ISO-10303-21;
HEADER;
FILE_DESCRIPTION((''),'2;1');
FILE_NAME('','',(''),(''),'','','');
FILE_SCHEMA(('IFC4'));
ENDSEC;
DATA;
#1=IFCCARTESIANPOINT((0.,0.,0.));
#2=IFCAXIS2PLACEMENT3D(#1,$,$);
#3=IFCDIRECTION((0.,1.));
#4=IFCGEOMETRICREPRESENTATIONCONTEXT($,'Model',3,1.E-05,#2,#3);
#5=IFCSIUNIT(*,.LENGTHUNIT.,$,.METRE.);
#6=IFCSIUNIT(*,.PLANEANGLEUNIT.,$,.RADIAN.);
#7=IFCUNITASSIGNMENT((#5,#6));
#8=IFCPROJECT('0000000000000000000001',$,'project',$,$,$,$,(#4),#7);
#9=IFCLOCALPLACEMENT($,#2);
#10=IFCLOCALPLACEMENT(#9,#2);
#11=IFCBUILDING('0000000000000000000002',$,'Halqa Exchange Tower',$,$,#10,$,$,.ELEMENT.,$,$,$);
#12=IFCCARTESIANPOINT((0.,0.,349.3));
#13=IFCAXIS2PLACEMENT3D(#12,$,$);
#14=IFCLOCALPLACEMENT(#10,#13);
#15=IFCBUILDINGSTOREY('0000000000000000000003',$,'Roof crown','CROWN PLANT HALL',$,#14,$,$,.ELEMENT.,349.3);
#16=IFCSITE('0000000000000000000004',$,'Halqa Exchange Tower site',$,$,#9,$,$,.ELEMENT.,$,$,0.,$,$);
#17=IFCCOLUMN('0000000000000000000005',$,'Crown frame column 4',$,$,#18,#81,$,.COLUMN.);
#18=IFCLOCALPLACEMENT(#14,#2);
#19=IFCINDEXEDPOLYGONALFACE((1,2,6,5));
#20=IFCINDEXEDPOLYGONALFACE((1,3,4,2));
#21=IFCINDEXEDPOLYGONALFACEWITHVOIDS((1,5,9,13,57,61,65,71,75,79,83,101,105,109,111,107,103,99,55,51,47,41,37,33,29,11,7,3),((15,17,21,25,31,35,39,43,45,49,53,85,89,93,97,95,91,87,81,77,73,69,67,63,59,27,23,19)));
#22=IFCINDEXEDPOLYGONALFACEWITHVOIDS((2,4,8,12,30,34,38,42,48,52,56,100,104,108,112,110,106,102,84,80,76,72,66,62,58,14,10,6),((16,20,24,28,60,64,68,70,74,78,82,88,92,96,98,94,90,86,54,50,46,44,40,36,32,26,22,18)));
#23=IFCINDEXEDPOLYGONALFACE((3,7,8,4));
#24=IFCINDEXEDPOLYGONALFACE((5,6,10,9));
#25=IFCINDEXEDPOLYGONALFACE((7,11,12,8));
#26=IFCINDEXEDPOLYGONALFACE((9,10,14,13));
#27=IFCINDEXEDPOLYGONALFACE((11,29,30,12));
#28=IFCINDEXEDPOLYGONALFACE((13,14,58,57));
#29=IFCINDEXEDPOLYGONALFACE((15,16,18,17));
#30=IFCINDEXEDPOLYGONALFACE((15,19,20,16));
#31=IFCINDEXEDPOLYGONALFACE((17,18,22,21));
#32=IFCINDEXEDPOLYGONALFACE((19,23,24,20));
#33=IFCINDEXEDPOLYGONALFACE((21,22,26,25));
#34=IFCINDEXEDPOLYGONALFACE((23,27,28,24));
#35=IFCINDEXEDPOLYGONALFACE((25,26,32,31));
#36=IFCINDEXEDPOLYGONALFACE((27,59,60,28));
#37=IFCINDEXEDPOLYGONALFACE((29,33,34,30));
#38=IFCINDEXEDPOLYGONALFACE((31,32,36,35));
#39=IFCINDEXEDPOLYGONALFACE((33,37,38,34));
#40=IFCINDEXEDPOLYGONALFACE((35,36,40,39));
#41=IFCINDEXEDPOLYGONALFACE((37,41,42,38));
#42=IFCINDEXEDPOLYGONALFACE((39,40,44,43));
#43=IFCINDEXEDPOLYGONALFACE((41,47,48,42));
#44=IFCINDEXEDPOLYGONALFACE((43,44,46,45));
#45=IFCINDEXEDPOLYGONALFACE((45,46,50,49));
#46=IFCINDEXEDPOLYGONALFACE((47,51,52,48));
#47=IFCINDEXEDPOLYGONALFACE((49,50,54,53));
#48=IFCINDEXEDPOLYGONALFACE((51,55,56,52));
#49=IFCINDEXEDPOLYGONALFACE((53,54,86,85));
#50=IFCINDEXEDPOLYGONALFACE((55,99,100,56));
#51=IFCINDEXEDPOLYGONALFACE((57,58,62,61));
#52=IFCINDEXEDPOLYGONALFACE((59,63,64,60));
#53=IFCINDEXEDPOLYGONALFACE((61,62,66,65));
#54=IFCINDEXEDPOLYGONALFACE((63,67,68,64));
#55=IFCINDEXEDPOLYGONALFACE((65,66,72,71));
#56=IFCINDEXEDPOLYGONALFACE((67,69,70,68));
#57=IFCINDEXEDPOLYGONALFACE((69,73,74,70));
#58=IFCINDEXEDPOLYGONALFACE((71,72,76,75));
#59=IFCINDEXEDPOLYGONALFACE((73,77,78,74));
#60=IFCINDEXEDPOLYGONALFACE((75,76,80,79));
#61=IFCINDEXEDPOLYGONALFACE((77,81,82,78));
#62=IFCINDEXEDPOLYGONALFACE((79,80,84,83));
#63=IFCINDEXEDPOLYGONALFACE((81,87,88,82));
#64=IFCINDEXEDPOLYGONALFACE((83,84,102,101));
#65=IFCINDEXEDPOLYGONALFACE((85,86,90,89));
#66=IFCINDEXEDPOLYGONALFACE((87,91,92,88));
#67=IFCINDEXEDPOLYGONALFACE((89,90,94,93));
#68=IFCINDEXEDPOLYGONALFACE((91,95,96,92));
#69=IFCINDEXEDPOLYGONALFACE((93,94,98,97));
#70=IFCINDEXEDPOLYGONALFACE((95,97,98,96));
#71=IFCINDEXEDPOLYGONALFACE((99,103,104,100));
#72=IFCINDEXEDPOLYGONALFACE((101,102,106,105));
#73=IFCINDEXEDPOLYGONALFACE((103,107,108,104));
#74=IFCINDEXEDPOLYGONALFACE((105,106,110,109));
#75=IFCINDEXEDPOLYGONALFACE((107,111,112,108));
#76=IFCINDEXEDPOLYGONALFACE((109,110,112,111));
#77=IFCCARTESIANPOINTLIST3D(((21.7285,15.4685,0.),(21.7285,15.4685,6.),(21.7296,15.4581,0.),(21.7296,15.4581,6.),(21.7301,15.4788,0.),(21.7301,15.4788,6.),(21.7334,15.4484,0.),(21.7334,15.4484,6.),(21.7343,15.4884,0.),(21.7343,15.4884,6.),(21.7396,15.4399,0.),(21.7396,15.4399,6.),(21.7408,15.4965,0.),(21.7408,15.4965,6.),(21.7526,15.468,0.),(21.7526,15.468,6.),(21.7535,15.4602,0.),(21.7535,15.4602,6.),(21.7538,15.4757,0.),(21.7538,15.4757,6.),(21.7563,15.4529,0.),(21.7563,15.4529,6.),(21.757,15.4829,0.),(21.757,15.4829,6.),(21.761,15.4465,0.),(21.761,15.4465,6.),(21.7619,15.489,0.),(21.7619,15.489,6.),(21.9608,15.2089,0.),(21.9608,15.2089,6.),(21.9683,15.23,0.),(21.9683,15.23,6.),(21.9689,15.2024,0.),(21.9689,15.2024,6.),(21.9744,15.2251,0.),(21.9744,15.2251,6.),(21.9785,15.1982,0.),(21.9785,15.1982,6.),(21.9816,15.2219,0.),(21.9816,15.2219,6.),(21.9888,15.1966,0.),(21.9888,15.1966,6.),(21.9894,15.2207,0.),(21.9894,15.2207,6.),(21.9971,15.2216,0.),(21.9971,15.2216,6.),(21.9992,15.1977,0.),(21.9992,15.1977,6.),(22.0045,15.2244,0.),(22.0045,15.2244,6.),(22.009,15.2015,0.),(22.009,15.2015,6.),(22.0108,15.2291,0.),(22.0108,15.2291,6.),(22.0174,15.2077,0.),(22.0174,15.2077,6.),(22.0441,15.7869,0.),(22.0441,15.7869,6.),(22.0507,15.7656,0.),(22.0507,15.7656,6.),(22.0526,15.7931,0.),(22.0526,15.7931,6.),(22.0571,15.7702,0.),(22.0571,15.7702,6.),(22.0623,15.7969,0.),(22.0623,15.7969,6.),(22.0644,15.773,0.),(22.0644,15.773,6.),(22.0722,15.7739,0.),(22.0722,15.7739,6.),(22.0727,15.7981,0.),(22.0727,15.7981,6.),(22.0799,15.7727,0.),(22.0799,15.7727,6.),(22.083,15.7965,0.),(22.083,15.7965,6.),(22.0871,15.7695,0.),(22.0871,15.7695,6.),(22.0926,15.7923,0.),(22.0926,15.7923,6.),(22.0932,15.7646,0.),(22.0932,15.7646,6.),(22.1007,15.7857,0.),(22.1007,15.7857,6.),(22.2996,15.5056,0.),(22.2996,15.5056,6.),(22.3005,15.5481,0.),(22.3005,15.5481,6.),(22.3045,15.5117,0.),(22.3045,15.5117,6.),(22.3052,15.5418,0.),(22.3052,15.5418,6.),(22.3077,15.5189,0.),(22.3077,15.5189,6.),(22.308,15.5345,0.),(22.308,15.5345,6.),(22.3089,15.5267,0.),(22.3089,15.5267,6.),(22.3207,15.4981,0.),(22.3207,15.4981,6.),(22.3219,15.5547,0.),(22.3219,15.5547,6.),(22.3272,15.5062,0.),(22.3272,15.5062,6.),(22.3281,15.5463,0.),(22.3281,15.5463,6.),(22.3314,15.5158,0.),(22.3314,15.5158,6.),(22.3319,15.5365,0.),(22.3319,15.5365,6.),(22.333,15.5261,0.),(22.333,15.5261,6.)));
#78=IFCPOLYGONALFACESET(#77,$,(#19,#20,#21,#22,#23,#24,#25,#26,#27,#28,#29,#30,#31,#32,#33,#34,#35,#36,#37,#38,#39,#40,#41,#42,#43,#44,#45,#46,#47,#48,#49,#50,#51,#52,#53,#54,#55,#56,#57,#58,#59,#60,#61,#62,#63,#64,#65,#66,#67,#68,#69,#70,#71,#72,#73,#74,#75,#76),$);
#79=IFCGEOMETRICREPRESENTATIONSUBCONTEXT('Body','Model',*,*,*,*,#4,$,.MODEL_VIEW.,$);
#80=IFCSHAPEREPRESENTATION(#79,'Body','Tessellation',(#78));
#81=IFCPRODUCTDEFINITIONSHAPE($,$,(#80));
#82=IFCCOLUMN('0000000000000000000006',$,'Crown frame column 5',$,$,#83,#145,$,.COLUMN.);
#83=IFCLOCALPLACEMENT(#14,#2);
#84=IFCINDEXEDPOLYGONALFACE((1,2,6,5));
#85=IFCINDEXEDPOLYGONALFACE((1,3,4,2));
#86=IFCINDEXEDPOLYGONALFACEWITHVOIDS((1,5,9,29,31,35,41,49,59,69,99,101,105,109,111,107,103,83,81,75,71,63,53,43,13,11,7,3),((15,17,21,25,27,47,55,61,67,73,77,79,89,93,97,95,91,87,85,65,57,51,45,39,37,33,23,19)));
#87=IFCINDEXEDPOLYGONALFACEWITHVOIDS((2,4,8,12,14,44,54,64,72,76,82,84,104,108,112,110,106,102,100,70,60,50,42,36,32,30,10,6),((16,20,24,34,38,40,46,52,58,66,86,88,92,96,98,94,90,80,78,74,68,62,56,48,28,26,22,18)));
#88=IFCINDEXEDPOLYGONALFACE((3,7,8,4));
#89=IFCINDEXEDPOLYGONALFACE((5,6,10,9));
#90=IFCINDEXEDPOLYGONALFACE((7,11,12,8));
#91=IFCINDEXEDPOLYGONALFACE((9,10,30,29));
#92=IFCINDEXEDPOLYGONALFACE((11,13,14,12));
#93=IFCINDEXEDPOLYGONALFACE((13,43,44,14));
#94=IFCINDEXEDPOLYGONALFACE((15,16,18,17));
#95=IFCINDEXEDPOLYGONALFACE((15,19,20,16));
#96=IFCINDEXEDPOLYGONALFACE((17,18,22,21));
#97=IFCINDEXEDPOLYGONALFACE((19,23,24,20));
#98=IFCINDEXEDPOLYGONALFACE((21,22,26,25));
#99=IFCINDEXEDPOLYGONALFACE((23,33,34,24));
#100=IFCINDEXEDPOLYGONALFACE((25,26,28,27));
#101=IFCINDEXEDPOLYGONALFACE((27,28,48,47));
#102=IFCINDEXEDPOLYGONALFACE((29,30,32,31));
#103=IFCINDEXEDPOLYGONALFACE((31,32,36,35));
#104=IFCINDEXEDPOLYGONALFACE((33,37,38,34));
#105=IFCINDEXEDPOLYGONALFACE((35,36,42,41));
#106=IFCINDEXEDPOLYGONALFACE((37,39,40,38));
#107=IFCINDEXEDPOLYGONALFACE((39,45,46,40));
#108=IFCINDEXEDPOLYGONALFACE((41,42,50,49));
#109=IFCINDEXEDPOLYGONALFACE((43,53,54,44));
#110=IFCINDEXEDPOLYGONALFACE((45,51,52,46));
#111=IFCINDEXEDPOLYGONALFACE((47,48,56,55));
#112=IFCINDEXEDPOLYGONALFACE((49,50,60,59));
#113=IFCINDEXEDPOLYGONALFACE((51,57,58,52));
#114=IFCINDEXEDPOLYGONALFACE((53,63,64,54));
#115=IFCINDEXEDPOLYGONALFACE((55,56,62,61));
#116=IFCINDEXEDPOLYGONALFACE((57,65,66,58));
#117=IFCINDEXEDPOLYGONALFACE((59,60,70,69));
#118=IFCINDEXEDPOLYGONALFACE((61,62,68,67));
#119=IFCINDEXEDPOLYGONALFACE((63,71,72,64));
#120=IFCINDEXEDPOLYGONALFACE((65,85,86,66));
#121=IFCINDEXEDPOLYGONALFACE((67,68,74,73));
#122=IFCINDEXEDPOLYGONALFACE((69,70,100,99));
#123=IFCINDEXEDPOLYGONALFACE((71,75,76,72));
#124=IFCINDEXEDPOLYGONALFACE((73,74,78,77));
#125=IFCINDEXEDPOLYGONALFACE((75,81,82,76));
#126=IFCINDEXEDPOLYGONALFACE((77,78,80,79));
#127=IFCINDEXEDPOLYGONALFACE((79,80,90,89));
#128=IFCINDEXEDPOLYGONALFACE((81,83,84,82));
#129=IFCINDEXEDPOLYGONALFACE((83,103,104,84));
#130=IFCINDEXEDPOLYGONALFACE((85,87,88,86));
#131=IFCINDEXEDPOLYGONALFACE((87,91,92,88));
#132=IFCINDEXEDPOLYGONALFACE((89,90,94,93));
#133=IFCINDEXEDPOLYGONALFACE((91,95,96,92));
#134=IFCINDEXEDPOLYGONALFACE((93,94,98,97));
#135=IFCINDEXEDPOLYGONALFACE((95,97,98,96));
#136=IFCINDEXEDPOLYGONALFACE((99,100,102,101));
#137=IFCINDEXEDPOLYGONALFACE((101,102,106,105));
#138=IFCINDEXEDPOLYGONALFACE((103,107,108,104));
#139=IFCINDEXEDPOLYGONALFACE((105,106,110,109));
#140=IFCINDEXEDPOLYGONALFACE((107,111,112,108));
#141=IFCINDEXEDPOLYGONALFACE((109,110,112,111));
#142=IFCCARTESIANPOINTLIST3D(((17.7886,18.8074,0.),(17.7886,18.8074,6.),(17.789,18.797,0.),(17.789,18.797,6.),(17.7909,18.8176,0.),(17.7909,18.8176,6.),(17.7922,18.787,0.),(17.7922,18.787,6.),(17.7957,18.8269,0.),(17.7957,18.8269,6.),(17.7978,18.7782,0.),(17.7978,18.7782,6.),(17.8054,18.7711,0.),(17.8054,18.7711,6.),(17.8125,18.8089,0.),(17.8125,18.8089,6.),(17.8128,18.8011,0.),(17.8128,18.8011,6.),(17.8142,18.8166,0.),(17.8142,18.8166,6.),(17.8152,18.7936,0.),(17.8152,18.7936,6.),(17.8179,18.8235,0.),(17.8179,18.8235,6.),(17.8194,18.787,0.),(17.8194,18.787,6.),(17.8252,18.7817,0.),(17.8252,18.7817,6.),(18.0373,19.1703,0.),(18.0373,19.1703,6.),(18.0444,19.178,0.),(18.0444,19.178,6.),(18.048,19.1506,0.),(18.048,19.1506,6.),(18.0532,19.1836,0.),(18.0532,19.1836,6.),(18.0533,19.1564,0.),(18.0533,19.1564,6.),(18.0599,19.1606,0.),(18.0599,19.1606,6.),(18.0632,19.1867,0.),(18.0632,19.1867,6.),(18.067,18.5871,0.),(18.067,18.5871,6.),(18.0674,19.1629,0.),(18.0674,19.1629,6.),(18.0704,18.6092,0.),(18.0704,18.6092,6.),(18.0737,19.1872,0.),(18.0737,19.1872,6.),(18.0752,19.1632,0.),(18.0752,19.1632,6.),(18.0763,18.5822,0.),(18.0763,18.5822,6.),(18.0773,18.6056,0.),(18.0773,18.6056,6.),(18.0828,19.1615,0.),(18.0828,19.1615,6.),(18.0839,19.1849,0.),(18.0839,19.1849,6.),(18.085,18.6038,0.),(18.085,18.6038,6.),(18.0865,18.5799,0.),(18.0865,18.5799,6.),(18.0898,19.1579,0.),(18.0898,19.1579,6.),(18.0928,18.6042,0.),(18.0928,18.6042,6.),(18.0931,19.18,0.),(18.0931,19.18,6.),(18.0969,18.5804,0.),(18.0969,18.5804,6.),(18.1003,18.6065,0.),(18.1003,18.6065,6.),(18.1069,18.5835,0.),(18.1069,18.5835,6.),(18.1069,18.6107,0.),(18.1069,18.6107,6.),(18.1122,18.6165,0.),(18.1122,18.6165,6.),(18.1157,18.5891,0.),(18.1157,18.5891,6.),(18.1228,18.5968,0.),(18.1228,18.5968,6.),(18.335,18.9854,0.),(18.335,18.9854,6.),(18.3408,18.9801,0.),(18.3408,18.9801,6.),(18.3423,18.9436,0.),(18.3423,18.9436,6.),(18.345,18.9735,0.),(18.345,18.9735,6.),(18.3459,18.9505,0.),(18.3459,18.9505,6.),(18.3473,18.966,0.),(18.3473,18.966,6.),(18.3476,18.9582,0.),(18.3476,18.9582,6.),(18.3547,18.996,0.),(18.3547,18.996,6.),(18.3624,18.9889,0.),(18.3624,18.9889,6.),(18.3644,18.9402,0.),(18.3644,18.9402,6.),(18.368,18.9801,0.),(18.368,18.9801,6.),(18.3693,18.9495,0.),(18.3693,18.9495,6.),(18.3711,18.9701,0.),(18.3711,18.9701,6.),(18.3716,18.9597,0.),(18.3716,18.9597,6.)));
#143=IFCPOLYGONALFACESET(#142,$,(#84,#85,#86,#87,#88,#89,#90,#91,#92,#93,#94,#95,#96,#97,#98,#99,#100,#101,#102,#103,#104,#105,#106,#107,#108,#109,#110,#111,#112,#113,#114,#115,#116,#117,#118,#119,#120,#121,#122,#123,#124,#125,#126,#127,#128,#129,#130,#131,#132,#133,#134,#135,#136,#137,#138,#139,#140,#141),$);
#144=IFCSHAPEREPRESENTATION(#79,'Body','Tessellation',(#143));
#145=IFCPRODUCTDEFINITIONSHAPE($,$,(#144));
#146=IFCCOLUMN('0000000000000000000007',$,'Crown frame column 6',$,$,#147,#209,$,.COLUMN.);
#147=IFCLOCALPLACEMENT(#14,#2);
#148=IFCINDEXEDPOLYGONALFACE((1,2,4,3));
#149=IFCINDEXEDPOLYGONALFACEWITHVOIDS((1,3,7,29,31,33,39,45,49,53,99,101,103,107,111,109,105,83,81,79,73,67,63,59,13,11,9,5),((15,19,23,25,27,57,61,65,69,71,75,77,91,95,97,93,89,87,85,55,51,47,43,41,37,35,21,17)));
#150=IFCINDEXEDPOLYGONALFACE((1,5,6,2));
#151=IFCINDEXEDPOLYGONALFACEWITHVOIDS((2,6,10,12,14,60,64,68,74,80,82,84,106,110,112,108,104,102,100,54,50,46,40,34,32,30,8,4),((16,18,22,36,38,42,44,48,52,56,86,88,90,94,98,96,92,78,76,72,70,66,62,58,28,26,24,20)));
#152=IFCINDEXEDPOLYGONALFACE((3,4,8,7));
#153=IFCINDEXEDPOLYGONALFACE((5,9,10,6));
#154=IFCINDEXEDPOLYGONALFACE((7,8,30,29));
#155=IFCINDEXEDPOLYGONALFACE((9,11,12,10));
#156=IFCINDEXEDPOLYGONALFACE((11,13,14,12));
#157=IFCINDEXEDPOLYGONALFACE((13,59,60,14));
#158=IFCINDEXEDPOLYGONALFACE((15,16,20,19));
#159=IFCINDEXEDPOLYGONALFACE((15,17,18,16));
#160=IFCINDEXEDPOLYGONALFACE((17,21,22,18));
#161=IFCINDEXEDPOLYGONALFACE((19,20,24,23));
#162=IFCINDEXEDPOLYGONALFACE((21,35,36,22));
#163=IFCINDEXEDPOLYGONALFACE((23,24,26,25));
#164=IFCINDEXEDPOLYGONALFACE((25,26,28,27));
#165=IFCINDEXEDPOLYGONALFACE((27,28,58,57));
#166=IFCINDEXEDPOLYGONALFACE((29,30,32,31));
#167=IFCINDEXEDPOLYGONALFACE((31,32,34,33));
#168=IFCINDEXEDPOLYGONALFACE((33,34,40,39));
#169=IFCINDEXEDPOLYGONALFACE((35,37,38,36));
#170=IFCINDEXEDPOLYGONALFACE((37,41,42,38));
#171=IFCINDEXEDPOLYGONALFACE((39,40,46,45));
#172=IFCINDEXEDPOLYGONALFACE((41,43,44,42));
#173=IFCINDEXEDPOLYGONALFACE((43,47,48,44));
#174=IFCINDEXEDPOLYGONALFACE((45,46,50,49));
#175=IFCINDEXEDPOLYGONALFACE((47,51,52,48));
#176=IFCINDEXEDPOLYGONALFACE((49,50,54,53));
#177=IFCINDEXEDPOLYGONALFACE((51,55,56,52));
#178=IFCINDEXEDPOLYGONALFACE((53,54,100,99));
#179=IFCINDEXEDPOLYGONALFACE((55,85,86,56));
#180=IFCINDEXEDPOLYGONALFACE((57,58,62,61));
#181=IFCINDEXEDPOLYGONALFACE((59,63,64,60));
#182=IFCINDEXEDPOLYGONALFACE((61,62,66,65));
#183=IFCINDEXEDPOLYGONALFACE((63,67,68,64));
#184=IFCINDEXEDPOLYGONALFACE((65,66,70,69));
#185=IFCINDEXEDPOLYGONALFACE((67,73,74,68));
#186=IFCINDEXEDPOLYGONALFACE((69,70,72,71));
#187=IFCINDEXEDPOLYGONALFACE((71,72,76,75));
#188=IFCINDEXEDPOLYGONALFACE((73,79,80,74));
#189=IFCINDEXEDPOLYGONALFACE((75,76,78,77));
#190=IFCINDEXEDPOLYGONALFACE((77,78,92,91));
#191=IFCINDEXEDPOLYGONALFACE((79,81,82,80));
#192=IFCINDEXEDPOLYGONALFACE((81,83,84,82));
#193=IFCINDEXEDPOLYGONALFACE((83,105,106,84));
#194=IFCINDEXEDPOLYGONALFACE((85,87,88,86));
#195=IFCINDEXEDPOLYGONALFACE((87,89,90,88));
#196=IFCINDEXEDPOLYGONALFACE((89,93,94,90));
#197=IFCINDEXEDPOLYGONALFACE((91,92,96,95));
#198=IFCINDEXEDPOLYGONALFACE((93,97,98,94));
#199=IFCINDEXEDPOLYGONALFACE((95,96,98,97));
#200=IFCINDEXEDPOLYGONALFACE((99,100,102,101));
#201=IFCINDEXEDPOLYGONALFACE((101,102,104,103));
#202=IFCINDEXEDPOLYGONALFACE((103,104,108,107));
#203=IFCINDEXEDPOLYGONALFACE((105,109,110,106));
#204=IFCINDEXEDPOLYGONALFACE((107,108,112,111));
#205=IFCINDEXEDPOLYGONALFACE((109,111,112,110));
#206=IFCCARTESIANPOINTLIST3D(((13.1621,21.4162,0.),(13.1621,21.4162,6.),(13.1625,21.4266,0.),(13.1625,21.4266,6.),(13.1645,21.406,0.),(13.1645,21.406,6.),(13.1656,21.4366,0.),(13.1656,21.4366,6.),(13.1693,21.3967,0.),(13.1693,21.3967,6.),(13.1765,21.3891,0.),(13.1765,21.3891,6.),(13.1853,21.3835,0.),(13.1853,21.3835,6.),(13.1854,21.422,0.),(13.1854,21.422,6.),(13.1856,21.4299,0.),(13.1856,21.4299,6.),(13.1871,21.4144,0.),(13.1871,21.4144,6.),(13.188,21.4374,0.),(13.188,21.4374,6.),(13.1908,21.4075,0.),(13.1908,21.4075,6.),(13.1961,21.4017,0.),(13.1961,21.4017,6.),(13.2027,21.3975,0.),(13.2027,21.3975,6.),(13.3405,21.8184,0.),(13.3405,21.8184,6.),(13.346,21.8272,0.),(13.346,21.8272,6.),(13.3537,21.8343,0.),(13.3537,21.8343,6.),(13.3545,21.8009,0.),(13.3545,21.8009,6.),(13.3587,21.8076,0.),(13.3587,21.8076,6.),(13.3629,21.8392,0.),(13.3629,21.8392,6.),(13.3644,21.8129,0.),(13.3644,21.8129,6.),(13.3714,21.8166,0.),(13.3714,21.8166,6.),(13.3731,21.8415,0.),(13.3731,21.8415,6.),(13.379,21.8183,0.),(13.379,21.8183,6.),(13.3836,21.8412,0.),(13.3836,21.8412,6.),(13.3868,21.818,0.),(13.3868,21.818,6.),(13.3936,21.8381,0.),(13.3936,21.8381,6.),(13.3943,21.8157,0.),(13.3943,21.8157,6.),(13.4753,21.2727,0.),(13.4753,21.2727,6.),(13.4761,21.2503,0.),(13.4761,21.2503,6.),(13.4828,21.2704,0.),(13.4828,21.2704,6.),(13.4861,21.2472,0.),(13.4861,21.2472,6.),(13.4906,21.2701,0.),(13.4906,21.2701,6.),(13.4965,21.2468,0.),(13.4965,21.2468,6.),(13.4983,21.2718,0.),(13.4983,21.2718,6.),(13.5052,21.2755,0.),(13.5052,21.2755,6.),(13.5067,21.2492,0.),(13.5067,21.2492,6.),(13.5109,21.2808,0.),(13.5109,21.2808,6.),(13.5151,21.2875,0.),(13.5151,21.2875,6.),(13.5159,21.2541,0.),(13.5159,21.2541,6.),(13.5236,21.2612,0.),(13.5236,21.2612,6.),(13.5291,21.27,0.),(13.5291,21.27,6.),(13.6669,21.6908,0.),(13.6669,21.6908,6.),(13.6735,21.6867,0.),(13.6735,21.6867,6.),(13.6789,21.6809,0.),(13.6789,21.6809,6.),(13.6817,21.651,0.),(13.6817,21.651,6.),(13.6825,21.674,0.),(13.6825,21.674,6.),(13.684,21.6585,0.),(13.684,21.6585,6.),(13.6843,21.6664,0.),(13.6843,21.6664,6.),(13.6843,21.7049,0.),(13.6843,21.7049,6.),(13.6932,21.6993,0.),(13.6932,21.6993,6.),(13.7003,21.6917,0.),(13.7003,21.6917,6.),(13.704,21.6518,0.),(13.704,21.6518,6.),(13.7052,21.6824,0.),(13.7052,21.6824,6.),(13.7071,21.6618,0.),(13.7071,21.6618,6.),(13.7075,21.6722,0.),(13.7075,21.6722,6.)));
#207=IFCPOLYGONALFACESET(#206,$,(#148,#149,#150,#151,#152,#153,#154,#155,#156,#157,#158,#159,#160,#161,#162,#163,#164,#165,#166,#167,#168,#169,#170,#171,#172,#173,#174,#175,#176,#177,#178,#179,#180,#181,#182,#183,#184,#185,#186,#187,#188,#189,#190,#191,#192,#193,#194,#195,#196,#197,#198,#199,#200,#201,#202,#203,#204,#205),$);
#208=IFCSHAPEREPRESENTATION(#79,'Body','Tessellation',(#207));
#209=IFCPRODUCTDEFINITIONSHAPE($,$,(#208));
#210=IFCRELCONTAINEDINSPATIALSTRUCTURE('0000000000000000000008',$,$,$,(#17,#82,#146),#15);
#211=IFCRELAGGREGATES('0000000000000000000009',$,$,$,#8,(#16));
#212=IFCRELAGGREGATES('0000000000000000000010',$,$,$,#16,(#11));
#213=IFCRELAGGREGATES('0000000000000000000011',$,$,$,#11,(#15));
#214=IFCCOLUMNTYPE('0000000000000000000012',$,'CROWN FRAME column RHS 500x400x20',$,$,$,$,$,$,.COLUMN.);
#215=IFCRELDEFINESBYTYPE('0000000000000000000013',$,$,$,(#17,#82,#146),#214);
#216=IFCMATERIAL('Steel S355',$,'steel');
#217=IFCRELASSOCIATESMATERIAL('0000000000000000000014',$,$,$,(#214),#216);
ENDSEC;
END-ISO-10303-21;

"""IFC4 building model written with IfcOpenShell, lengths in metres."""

from ifc_helpers import new_model, si_unit, direction, frame, origin, origin_2d, place, context, subcontext, project, spatial, hollow_rectangle, extrude, material, material_profile, profile_set, type_object, element, save


model = new_model("IFC4")

# Units and contexts
model_context = context("Model", 3, precision=1e-05, world=origin(), true_north=direction((0.0, 1.0)))
body_context = subcontext(model_context, "Body", "Model", "MODEL_VIEW")
ifc_project = project(units=[si_unit("LENGTHUNIT", "METRE"), si_unit("PLANEANGLEUNIT", "RADIAN")], contexts=[model_context])

# Site, building, storey
site_placement = place(None, origin())
site = spatial("IfcSite", under=ifc_project, at=site_placement, Name="Halqa Exchange Tower site", CompositionType="ELEMENT", RefElevation=0.0)
building_placement = place(site_placement, origin())
building = spatial("IfcBuilding", under=site, at=building_placement, Name="Halqa Exchange Tower", CompositionType="ELEMENT")
storey_placement = place(building_placement, frame((0.0, 0.0, 349.3)))
storey = spatial("IfcBuildingStorey", under=building, at=storey_placement, Name="Roof crown", Description="CROWN PLANT HALL", CompositionType="ELEMENT", Elevation=349.3)

# Columns
ifc_material_1 = material(Name="Steel S355", Category="steel")
ifc_material_profile_1 = material_profile(ifc_material_1, hollow_rectangle(XDim=0.3999, YDim=0.5, WallThickness=0.02, InnerFilletRadius=0.03, OuterFilletRadius=0.04, at=origin_2d()), Name="RHS 500x400x20")
ifc_profile_set_1 = profile_set([ifc_material_profile_1], Name="Steel S355")
column_type = type_object("IfcColumnType", Name="CROWN FRAME column RHS 500x400x20", PredefinedType="COLUMN", material=ifc_profile_set_1)
for number, where, z_axis, x_axis, name in (
    (1, (22.0308, 15.4973, 0.0), (0.0, 0.0, 1.0), (-0.691579, 0.722301, 0.0), "Crown frame column 4"),
    (2, (18.0801, 18.8835, 0.0), (0.0, 0.0, 1.0), (-0.817907, 0.575351, 0.0), "Crown frame column 5"),
    (3, (13.4348, 21.5442, 0.0), (0.0, 0.0, 1.0), (-0.909129, 0.416516, 0.0), "Crown frame column 6"),
):
    element("IfcColumn", number, at=place(storey_placement, frame(where, z_axis=z_axis, x_axis=x_axis)), inside=storey, type_object=column_type, Name=name, PredefinedType="COLUMN", context=body_context, shape_type="SweptSolid", body=[
        extrude(hollow_rectangle(XDim=0.3999, YDim=0.5, WallThickness=0.02, InnerFilletRadius=0.03, OuterFilletRadius=0.04, at=origin_2d()), origin(), (0.0, 0.0, 1.0), 6.0),
    ])

save(model, "model.ifc")
